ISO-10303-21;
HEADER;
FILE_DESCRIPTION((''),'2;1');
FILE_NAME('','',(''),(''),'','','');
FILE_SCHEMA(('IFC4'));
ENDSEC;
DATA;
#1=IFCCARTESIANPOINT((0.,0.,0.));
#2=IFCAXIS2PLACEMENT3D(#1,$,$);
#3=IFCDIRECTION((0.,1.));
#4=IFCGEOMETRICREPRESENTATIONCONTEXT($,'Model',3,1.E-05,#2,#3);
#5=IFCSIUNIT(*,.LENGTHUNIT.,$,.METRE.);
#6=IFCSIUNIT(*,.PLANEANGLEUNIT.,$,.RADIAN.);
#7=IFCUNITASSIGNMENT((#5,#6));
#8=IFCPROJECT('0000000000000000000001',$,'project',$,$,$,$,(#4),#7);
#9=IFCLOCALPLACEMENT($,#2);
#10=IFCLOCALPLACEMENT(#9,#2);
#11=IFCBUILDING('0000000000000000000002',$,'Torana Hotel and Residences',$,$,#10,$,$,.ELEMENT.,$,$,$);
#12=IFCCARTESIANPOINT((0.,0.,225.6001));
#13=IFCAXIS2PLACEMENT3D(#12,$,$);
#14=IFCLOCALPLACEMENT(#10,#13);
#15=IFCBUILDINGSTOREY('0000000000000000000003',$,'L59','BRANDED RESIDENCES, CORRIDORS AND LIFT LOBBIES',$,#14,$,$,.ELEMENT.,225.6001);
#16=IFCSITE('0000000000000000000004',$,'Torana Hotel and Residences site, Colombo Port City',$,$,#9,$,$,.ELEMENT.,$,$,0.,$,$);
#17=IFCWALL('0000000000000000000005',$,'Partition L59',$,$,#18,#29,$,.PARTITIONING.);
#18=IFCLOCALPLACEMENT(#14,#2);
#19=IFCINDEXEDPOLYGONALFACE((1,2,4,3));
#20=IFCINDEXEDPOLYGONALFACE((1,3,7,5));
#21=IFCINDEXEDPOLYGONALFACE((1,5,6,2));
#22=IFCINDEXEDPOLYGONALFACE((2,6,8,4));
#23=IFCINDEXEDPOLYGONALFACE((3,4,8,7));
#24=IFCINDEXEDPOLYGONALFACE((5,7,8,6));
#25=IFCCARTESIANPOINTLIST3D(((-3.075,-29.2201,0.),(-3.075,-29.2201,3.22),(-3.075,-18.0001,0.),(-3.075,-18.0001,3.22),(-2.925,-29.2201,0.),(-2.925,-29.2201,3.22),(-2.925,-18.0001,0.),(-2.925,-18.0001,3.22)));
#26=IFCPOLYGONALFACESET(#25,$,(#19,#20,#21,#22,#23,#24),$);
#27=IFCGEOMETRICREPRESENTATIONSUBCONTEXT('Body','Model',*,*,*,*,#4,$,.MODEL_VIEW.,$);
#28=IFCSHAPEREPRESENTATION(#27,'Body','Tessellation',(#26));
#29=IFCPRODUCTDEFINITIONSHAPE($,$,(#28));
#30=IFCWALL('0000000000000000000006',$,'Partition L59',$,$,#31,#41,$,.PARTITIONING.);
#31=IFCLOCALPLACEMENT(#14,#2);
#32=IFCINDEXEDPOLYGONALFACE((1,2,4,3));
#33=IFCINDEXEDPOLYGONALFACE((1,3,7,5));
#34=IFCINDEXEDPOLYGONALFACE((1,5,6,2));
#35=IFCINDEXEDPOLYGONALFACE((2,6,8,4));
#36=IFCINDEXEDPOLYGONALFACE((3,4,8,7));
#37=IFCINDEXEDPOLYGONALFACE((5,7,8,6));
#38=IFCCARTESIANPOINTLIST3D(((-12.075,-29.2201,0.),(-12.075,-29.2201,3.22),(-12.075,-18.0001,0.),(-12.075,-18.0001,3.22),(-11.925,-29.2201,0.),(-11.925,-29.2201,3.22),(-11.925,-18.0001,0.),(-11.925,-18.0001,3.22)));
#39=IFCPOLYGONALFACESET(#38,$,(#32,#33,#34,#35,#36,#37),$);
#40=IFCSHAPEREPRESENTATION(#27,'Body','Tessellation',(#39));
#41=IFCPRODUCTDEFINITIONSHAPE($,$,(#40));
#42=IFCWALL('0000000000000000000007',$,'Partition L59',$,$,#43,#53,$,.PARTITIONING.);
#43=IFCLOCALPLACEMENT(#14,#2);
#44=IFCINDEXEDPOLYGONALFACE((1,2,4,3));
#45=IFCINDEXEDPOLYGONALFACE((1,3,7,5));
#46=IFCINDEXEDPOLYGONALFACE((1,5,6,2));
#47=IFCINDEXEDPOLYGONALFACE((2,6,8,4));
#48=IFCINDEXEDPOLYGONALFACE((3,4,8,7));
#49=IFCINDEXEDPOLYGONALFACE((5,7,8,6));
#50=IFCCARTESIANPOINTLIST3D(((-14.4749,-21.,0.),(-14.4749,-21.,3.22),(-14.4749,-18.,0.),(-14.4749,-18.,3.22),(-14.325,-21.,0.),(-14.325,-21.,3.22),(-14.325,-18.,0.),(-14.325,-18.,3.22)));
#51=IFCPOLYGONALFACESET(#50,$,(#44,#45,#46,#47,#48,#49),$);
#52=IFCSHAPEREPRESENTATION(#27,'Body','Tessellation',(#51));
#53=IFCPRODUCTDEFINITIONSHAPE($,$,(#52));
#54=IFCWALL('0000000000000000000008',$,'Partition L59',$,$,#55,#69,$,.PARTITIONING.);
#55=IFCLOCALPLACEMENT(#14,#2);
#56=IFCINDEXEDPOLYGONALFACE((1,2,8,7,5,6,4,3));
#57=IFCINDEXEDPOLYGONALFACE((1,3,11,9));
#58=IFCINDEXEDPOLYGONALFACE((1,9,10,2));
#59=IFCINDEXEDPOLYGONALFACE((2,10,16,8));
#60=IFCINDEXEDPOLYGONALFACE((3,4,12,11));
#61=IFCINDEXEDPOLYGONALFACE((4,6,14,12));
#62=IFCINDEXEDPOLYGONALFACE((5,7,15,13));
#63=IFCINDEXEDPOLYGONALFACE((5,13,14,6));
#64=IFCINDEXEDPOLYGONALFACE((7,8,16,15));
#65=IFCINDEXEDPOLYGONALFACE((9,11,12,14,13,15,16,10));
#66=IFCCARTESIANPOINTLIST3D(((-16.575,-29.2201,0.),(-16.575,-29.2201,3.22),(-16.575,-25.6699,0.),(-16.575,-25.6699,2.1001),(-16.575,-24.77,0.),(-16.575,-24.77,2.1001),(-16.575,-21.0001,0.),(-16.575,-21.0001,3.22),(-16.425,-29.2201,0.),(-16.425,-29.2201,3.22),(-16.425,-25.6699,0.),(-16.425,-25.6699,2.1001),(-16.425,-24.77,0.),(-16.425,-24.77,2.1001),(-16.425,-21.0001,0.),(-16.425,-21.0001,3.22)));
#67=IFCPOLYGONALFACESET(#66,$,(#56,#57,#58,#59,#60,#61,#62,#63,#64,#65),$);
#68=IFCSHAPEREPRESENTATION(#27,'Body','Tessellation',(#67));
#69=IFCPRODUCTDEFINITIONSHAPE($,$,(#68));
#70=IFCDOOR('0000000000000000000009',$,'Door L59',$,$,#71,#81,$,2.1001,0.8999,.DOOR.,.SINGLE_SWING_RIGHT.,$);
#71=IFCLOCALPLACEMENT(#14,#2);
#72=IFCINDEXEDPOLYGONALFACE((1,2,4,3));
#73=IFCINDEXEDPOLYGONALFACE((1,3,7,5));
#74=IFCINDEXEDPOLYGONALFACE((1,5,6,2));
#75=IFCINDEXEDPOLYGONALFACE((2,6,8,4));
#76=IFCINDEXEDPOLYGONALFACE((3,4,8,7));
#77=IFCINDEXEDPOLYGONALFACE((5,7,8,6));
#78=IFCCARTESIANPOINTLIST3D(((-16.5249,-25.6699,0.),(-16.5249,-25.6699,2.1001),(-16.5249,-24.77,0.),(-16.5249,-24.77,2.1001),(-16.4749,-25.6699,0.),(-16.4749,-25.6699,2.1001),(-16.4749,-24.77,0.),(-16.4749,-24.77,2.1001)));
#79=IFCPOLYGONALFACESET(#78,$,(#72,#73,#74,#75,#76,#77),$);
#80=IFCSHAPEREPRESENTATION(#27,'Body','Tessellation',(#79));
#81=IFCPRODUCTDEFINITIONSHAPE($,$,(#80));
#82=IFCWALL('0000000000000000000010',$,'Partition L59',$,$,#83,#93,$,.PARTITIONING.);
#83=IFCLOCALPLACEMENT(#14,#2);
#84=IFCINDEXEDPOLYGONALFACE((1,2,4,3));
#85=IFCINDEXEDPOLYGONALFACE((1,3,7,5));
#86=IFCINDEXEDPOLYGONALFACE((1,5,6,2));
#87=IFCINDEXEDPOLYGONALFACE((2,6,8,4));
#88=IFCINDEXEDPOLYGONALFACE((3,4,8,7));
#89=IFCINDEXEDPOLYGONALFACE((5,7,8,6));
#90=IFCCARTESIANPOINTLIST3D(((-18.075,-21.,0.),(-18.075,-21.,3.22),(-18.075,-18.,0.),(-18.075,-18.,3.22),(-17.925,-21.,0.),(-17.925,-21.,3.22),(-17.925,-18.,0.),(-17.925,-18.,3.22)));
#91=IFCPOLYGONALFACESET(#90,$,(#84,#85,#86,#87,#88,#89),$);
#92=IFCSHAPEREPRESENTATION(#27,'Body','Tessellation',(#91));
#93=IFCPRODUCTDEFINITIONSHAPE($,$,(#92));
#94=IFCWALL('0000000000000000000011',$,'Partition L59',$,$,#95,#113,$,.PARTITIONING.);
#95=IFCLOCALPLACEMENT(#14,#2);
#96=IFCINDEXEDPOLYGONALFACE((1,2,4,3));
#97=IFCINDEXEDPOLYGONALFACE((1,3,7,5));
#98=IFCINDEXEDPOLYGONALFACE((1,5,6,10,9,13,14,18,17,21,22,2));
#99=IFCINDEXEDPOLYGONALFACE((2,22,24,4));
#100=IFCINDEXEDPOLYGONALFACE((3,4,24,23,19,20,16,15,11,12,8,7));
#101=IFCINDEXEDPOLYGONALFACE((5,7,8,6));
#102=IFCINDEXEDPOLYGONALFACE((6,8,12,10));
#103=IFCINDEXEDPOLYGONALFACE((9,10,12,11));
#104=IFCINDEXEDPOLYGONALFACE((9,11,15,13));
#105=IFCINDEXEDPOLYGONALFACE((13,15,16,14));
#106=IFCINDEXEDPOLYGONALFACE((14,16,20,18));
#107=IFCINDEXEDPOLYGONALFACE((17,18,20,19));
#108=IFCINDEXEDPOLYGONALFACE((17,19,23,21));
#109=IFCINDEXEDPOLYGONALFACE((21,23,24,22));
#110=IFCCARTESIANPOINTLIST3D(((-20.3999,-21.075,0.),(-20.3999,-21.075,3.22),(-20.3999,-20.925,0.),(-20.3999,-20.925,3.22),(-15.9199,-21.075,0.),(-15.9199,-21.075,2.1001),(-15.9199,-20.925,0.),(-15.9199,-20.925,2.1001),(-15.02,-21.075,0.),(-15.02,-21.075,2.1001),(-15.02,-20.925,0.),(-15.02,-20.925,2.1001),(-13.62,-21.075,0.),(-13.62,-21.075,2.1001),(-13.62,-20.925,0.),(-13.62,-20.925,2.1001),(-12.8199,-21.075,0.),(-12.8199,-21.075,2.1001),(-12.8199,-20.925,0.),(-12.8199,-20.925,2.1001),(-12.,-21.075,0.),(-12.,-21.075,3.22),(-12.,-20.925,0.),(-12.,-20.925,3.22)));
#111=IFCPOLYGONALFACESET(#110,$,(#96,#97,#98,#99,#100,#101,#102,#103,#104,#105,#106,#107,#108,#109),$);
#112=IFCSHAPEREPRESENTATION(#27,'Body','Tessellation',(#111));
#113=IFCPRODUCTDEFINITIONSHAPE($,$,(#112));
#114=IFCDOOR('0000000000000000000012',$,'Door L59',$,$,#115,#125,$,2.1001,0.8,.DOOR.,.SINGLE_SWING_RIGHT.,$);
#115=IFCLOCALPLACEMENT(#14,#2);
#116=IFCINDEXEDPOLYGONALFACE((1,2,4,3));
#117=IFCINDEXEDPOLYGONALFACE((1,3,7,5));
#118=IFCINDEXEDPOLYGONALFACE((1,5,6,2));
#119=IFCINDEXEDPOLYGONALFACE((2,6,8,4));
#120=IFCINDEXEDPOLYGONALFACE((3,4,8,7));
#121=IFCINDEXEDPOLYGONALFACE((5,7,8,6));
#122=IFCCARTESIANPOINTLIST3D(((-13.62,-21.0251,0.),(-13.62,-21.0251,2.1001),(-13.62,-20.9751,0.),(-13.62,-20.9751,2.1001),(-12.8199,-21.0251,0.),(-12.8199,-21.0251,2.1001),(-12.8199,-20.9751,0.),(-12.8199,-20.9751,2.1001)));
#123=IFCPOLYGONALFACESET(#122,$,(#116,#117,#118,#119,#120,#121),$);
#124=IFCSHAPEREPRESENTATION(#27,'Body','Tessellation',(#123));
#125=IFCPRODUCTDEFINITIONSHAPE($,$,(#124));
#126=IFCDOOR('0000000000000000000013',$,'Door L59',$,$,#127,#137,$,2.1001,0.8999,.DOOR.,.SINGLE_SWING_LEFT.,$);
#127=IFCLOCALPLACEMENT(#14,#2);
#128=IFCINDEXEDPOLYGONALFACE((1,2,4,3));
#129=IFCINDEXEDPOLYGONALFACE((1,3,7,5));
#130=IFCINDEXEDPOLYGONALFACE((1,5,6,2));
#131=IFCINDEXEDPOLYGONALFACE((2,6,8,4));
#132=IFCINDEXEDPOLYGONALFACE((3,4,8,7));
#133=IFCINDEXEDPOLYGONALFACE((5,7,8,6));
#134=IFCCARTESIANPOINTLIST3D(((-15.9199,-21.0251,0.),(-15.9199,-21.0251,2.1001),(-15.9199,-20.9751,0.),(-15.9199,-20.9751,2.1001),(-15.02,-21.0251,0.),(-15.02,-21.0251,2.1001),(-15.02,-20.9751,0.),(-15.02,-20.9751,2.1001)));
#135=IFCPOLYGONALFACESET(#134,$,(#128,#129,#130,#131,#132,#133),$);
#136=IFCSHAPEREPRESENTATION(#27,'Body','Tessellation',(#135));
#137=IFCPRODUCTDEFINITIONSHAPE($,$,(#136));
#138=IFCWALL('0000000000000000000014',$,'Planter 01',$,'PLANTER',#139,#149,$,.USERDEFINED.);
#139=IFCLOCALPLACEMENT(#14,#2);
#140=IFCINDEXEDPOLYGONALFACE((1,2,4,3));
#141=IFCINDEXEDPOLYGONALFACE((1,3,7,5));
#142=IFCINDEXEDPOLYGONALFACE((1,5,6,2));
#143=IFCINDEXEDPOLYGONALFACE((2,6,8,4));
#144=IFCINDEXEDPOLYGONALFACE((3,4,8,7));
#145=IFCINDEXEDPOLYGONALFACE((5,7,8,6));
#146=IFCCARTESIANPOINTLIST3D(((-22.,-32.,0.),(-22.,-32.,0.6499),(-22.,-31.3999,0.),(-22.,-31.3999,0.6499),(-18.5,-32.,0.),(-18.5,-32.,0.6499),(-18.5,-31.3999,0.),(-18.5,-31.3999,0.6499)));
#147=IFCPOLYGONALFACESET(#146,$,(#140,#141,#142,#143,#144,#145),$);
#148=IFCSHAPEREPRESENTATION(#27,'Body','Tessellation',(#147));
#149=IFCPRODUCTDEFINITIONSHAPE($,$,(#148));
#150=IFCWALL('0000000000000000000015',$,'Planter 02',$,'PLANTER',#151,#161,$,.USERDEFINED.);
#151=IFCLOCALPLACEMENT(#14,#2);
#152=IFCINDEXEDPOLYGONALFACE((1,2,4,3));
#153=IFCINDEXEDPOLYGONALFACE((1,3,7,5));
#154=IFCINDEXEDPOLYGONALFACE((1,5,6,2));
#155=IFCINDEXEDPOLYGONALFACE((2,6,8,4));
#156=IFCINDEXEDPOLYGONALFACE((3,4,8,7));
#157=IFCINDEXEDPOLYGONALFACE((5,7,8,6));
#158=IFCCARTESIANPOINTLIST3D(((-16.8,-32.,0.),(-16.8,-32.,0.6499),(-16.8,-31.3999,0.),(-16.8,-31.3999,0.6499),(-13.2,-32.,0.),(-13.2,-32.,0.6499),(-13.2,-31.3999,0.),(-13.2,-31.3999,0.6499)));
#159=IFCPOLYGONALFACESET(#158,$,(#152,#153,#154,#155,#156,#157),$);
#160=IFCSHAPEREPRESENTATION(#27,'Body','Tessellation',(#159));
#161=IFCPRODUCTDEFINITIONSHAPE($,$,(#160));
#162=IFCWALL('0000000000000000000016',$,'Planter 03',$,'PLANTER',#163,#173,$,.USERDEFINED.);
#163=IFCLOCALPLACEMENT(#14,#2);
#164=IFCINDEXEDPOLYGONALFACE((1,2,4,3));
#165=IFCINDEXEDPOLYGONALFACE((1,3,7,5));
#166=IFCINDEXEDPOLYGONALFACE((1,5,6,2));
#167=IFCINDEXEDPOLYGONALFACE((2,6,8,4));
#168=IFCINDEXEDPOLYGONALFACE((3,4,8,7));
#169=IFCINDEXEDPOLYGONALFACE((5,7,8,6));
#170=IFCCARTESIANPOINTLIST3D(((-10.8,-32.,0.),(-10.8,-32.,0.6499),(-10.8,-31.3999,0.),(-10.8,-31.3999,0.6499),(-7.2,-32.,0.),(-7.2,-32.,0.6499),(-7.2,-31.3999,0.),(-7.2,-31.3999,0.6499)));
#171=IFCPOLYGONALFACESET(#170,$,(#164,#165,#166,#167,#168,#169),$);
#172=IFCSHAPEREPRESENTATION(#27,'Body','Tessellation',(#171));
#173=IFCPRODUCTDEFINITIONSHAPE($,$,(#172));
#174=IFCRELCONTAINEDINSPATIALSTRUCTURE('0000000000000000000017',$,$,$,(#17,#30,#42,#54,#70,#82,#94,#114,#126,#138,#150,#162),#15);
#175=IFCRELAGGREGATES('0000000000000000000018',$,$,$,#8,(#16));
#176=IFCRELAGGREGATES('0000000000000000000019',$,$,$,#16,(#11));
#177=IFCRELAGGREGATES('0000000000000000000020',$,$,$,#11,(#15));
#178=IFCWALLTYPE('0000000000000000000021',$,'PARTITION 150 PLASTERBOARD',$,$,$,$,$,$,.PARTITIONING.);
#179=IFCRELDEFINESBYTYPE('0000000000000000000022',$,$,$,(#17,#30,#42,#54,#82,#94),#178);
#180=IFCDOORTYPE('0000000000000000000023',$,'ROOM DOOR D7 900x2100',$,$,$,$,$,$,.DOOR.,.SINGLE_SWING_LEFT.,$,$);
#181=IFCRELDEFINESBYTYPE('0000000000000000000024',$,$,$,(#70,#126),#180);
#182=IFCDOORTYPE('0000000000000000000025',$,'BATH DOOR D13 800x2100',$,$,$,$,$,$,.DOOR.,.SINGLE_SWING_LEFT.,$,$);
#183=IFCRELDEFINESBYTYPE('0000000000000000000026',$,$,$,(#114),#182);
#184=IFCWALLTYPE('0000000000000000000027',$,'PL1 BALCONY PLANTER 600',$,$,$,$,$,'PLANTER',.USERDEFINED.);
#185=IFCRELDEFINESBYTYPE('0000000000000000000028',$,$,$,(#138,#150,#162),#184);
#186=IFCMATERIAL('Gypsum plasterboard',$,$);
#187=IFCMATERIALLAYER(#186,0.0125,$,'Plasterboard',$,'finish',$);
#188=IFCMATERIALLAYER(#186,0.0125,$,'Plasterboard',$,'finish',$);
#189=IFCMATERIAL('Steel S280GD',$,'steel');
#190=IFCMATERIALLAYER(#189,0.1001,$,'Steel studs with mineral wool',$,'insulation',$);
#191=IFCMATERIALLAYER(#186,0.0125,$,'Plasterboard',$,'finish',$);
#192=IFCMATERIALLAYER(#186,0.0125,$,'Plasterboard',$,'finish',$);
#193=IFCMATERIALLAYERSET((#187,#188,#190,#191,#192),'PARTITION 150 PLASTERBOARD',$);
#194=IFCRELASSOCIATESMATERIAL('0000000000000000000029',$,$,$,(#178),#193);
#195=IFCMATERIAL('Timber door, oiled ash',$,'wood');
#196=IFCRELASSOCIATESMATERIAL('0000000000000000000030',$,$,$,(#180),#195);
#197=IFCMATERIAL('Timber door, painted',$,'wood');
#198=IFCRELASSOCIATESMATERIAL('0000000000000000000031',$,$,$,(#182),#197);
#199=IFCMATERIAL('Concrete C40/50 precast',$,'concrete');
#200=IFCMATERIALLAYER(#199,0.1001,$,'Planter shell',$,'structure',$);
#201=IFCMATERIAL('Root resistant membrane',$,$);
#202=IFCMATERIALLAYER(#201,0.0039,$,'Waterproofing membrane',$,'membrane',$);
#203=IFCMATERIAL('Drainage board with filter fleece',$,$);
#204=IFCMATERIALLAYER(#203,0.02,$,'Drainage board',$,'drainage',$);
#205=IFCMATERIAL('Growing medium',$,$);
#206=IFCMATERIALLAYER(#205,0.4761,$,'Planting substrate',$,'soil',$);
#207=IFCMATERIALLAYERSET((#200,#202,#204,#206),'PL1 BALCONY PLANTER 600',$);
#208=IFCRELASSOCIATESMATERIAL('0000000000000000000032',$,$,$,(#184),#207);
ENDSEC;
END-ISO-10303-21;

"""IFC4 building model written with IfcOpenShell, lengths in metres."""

from ifc_helpers import new_model, si_unit, direction, frame, frame_2d, origin, place, context, subcontext, project, spatial, rectangle, extrude, material, layer, layer_set, type_object, element, fill, save


model = new_model("IFC4")

# Units and contexts
model_context = context("Model", 3, precision=1e-05, world=origin(), true_north=direction((0.0, 1.0)))
body_context = subcontext(model_context, "Body", "Model", "MODEL_VIEW")
ifc_project = project(units=[si_unit("LENGTHUNIT", "METRE"), si_unit("PLANEANGLEUNIT", "RADIAN")], contexts=[model_context])

# Site, building, storey
site_placement = place(None, origin())
site = spatial("IfcSite", under=ifc_project, at=site_placement, Name="Torana Hotel and Residences site, Colombo Port City", CompositionType="ELEMENT", RefElevation=0.0)
building_placement = place(site_placement, origin())
building = spatial("IfcBuilding", under=site, at=building_placement, Name="Torana Hotel and Residences", CompositionType="ELEMENT")
storey_placement = place(building_placement, frame((0.0, 0.0, 225.6001)))
storey = spatial("IfcBuildingStorey", under=building, at=storey_placement, Name="L59", Description="BRANDED RESIDENCES, CORRIDORS AND LIFT LOBBIES", CompositionType="ELEMENT", Elevation=225.6001)

# Walls
ifc_material_1 = material(Name="Gypsum plasterboard")
ifc_layer_1 = layer(ifc_material_1, 0.0125, Name="Plasterboard", Category="finish")
ifc_layer_2 = layer(ifc_material_1, 0.0125, Name="Plasterboard", Category="finish")
ifc_material_2 = material(Name="Steel S280GD", Category="steel")
ifc_layer_3 = layer(ifc_material_2, 0.1001, Name="Steel studs with mineral wool", Category="insulation")
ifc_layer_4 = layer(ifc_material_1, 0.0125, Name="Plasterboard", Category="finish")
ifc_layer_5 = layer(ifc_material_1, 0.0125, Name="Plasterboard", Category="finish")
ifc_layer_set_1 = layer_set([ifc_layer_1, ifc_layer_2, ifc_layer_3, ifc_layer_4, ifc_layer_5], Name="PARTITION 150 PLASTERBOARD")
wall_type_1 = type_object("IfcWallType", Name="PARTITION 150 PLASTERBOARD", PredefinedType="PARTITIONING", material=ifc_layer_set_1)
for number, where, z_axis, x_axis, name in (
    (1, (-3.0, -29.22, 0.0), (0.0, 0.0, 1.0), (0.0, 1.0, 0.0), "Partition L59"),
    (2, (-12.0, -29.22, 0.0), (0.0, 0.0, 1.0), (0.0, 1.0, 0.0), "Partition L59"),
):
    element("IfcWall", number, at=place(storey_placement, frame(where, z_axis=z_axis, x_axis=x_axis)), inside=storey, type_object=wall_type_1, Name=name, PredefinedType="PARTITIONING", context=body_context, shape_type="SweptSolid", body=[
        extrude(rectangle(XDim=11.22, YDim=0.1499, at=frame_2d((5.6099, 0.0))), origin(), (0.0, 0.0, 1.0), 3.22),
    ])
wall_1_placement = place(storey_placement, frame((-14.3999, -21.0, 0.0), z_axis=(0.0, 0.0, 1.0), x_axis=(0.0, 1.0, 0.0)))
element("IfcWall", 3, at=wall_1_placement, inside=storey, type_object=wall_type_1, Name="Partition L59", PredefinedType="PARTITIONING", context=body_context, shape_type="SweptSolid", body=[
    extrude(rectangle(XDim=3.0, YDim=0.1499, at=frame_2d((1.5, 0.0))), origin(), (0.0, 0.0, 1.0), 3.22),
])

# Wall, opening, door
wall_2_placement = place(storey_placement, frame((-16.5, -29.22, 0.0), z_axis=(0.0, 0.0, 1.0), x_axis=(0.0, 1.0, 0.0)))
wall_2 = element("IfcWall", 4, at=wall_2_placement, inside=storey, type_object=wall_type_1, Name="Partition L59", PredefinedType="PARTITIONING", context=body_context, shape_type="SweptSolid", body=[
    extrude(rectangle(XDim=8.22, YDim=0.1499, at=frame_2d((4.1099, 0.0))), origin(), (0.0, 0.0, 1.0), 3.22),
])
opening_1_placement = place(wall_2_placement, frame((3.55, 0.0, 0.0)))
opening_1 = element("IfcOpeningElement", 5, at=opening_1_placement, cuts=wall_2, PredefinedType="OPENING", context=body_context, shape_type="SweptSolid", body=[
    extrude(rectangle(XDim=0.8999, YDim=2.1001, at=frame_2d((0.45, 1.05))), frame((0.0, 0.085, 0.0), z_axis=(0.0, -1.0, 0.0), x_axis=(1.0, 0.0, 0.0)), (0.0, 0.0, 1.0), 0.1699),
])
ifc_material_3 = material(Name="Timber door, oiled ash", Category="wood")
door_type_1 = type_object("IfcDoorType", Name="ROOM DOOR D7 900x2100", OperationType="SINGLE_SWING_LEFT", PredefinedType="DOOR", material=ifc_material_3)
door_1_placement = place(opening_1_placement, origin())
door_1 = element("IfcDoor", 6, at=door_1_placement, inside=storey, type_object=door_type_1, Name="Door L59", OperationType="SINGLE_SWING_RIGHT", OverallHeight=2.1001, OverallWidth=0.8999, PredefinedType="DOOR", context=body_context, shape_type="SweptSolid", body=[
    extrude(rectangle(XDim=0.8999, YDim=2.1001, at=frame_2d((0.45, 1.05))), frame((0.0, 0.0249, 0.0), z_axis=(0.0, -1.0, 0.0), x_axis=(1.0, 0.0, 0.0)), (0.0, 0.0, 1.0), 0.05),
])
fill(opening_1, door_1)

# Wall
wall_3_placement = place(storey_placement, frame((-18.0, -21.0, 0.0), z_axis=(0.0, 0.0, 1.0), x_axis=(0.0, 1.0, 0.0)))
element("IfcWall", 7, at=wall_3_placement, inside=storey, type_object=wall_type_1, Name="Partition L59", PredefinedType="PARTITIONING", context=body_context, shape_type="SweptSolid", body=[
    extrude(rectangle(XDim=3.0, YDim=0.1499, at=frame_2d((1.5, 0.0))), origin(), (0.0, 0.0, 1.0), 3.22),
])

# Wall, openings, doors
wall_4_placement = place(storey_placement, frame((-20.3999, -21.0, 0.0), z_axis=(0.0, 0.0, 1.0), x_axis=(1.0, 0.0, 0.0)))
wall_4 = element("IfcWall", 8, at=wall_4_placement, inside=storey, type_object=wall_type_1, Name="Partition L59", PredefinedType="PARTITIONING", context=body_context, shape_type="SweptSolid", body=[
    extrude(rectangle(XDim=8.3999, YDim=0.1499, at=frame_2d((4.2, 0.0))), origin(), (0.0, 0.0, 1.0), 3.22),
])
opening_2_placement = place(wall_4_placement, frame((6.78, 0.0, 0.0)))
opening_2 = element("IfcOpeningElement", 9, at=opening_2_placement, cuts=wall_4, PredefinedType="OPENING", context=body_context, shape_type="SweptSolid", body=[
    extrude(rectangle(XDim=0.8, YDim=2.1001, at=frame_2d((0.3999, 1.05))), frame((0.0, 0.085, 0.0), z_axis=(0.0, -1.0, 0.0), x_axis=(1.0, 0.0, 0.0)), (0.0, 0.0, 1.0), 0.1699),
])
opening_3_placement = place(wall_4_placement, frame((4.48, 0.0, 0.0)))
opening_3 = element("IfcOpeningElement", 10, at=opening_3_placement, cuts=wall_4, PredefinedType="OPENING", context=body_context, shape_type="SweptSolid", body=[
    extrude(rectangle(XDim=0.8999, YDim=2.1001, at=frame_2d((0.45, 1.05))), frame((0.0, 0.085, 0.0), z_axis=(0.0, -1.0, 0.0), x_axis=(1.0, 0.0, 0.0)), (0.0, 0.0, 1.0), 0.1699),
])
ifc_material_4 = material(Name="Timber door, painted", Category="wood")
door_type_2 = type_object("IfcDoorType", Name="BATH DOOR D13 800x2100", OperationType="SINGLE_SWING_LEFT", PredefinedType="DOOR", material=ifc_material_4)
door_2_placement = place(opening_2_placement, origin())
door_2 = element("IfcDoor", 11, at=door_2_placement, inside=storey, type_object=door_type_2, Name="Door L59", OperationType="SINGLE_SWING_RIGHT", OverallHeight=2.1001, OverallWidth=0.8, PredefinedType="DOOR", context=body_context, shape_type="SweptSolid", body=[
    extrude(rectangle(XDim=0.8, YDim=2.1001, at=frame_2d((0.3999, 1.05))), frame((0.0, 0.0249, 0.0), z_axis=(0.0, -1.0, 0.0), x_axis=(1.0, 0.0, 0.0)), (0.0, 0.0, 1.0), 0.05),
])
fill(opening_2, door_2)
door_3_placement = place(opening_3_placement, origin())
door_3 = element("IfcDoor", 12, at=door_3_placement, inside=storey, type_object=door_type_1, Name="Door L59", OperationType="SINGLE_SWING_LEFT", OverallHeight=2.1001, OverallWidth=0.8999, PredefinedType="DOOR", context=body_context, shape_type="SweptSolid", body=[
    extrude(rectangle(XDim=0.8999, YDim=2.1001, at=frame_2d((0.45, 1.05))), frame((0.0, 0.0249, 0.0), z_axis=(0.0, -1.0, 0.0), x_axis=(1.0, 0.0, 0.0)), (0.0, 0.0, 1.0), 0.05),
])
fill(opening_3, door_3)

# Walls
ifc_material_5 = material(Name="Concrete C40/50 precast", Category="concrete")
ifc_layer_6 = layer(ifc_material_5, 0.1001, Name="Planter shell", Category="structure")
ifc_material_6 = material(Name="Root resistant membrane")
ifc_layer_7 = layer(ifc_material_6, 0.0039, Name="Waterproofing membrane", Category="membrane")
ifc_material_7 = material(Name="Drainage board with filter fleece")
ifc_layer_8 = layer(ifc_material_7, 0.02, Name="Drainage board", Category="drainage")
ifc_material_8 = material(Name="Growing medium")
ifc_layer_9 = layer(ifc_material_8, 0.4761, Name="Planting substrate", Category="soil")
ifc_layer_set_2 = layer_set([ifc_layer_6, ifc_layer_7, ifc_layer_8, ifc_layer_9], Name="PL1 BALCONY PLANTER 600")
wall_type_2 = type_object("IfcWallType", Name="PL1 BALCONY PLANTER 600", ElementType="PLANTER", PredefinedType="USERDEFINED", material=ifc_layer_set_2)
wall_5_placement = place(storey_placement, frame((-18.5, -31.7, 0.0), z_axis=(0.0, 0.0, 1.0), x_axis=(-1.0, 0.0, 0.0)))
element("IfcWall", 13, at=wall_5_placement, inside=storey, type_object=wall_type_2, Name="Planter 01", ObjectType="PLANTER", PredefinedType="USERDEFINED", context=body_context, shape_type="SweptSolid", body=[
    extrude(rectangle(XDim=3.5, YDim=0.6001, at=frame_2d((1.75, 0.0))), origin(), (0.0, 0.0, 1.0), 0.6499),
])
for number, where, z_axis, x_axis, name in (
    (14, (-13.2, -31.7, 0.0), (0.0, 0.0, 1.0), (-1.0, 0.0, 0.0), "Planter 02"),
    (15, (-7.2, -31.7, 0.0), (0.0, 0.0, 1.0), (-1.0, 0.0, 0.0), "Planter 03"),
):
    element("IfcWall", number, at=place(storey_placement, frame(where, z_axis=z_axis, x_axis=x_axis)), inside=storey, type_object=wall_type_2, Name=name, ObjectType="PLANTER", PredefinedType="USERDEFINED", context=body_context, shape_type="SweptSolid", body=[
        extrude(rectangle(XDim=3.6001, YDim=0.6001, at=frame_2d((1.8, 0.0))), origin(), (0.0, 0.0, 1.0), 0.6499),
    ])

save(model, "model.ifc")
